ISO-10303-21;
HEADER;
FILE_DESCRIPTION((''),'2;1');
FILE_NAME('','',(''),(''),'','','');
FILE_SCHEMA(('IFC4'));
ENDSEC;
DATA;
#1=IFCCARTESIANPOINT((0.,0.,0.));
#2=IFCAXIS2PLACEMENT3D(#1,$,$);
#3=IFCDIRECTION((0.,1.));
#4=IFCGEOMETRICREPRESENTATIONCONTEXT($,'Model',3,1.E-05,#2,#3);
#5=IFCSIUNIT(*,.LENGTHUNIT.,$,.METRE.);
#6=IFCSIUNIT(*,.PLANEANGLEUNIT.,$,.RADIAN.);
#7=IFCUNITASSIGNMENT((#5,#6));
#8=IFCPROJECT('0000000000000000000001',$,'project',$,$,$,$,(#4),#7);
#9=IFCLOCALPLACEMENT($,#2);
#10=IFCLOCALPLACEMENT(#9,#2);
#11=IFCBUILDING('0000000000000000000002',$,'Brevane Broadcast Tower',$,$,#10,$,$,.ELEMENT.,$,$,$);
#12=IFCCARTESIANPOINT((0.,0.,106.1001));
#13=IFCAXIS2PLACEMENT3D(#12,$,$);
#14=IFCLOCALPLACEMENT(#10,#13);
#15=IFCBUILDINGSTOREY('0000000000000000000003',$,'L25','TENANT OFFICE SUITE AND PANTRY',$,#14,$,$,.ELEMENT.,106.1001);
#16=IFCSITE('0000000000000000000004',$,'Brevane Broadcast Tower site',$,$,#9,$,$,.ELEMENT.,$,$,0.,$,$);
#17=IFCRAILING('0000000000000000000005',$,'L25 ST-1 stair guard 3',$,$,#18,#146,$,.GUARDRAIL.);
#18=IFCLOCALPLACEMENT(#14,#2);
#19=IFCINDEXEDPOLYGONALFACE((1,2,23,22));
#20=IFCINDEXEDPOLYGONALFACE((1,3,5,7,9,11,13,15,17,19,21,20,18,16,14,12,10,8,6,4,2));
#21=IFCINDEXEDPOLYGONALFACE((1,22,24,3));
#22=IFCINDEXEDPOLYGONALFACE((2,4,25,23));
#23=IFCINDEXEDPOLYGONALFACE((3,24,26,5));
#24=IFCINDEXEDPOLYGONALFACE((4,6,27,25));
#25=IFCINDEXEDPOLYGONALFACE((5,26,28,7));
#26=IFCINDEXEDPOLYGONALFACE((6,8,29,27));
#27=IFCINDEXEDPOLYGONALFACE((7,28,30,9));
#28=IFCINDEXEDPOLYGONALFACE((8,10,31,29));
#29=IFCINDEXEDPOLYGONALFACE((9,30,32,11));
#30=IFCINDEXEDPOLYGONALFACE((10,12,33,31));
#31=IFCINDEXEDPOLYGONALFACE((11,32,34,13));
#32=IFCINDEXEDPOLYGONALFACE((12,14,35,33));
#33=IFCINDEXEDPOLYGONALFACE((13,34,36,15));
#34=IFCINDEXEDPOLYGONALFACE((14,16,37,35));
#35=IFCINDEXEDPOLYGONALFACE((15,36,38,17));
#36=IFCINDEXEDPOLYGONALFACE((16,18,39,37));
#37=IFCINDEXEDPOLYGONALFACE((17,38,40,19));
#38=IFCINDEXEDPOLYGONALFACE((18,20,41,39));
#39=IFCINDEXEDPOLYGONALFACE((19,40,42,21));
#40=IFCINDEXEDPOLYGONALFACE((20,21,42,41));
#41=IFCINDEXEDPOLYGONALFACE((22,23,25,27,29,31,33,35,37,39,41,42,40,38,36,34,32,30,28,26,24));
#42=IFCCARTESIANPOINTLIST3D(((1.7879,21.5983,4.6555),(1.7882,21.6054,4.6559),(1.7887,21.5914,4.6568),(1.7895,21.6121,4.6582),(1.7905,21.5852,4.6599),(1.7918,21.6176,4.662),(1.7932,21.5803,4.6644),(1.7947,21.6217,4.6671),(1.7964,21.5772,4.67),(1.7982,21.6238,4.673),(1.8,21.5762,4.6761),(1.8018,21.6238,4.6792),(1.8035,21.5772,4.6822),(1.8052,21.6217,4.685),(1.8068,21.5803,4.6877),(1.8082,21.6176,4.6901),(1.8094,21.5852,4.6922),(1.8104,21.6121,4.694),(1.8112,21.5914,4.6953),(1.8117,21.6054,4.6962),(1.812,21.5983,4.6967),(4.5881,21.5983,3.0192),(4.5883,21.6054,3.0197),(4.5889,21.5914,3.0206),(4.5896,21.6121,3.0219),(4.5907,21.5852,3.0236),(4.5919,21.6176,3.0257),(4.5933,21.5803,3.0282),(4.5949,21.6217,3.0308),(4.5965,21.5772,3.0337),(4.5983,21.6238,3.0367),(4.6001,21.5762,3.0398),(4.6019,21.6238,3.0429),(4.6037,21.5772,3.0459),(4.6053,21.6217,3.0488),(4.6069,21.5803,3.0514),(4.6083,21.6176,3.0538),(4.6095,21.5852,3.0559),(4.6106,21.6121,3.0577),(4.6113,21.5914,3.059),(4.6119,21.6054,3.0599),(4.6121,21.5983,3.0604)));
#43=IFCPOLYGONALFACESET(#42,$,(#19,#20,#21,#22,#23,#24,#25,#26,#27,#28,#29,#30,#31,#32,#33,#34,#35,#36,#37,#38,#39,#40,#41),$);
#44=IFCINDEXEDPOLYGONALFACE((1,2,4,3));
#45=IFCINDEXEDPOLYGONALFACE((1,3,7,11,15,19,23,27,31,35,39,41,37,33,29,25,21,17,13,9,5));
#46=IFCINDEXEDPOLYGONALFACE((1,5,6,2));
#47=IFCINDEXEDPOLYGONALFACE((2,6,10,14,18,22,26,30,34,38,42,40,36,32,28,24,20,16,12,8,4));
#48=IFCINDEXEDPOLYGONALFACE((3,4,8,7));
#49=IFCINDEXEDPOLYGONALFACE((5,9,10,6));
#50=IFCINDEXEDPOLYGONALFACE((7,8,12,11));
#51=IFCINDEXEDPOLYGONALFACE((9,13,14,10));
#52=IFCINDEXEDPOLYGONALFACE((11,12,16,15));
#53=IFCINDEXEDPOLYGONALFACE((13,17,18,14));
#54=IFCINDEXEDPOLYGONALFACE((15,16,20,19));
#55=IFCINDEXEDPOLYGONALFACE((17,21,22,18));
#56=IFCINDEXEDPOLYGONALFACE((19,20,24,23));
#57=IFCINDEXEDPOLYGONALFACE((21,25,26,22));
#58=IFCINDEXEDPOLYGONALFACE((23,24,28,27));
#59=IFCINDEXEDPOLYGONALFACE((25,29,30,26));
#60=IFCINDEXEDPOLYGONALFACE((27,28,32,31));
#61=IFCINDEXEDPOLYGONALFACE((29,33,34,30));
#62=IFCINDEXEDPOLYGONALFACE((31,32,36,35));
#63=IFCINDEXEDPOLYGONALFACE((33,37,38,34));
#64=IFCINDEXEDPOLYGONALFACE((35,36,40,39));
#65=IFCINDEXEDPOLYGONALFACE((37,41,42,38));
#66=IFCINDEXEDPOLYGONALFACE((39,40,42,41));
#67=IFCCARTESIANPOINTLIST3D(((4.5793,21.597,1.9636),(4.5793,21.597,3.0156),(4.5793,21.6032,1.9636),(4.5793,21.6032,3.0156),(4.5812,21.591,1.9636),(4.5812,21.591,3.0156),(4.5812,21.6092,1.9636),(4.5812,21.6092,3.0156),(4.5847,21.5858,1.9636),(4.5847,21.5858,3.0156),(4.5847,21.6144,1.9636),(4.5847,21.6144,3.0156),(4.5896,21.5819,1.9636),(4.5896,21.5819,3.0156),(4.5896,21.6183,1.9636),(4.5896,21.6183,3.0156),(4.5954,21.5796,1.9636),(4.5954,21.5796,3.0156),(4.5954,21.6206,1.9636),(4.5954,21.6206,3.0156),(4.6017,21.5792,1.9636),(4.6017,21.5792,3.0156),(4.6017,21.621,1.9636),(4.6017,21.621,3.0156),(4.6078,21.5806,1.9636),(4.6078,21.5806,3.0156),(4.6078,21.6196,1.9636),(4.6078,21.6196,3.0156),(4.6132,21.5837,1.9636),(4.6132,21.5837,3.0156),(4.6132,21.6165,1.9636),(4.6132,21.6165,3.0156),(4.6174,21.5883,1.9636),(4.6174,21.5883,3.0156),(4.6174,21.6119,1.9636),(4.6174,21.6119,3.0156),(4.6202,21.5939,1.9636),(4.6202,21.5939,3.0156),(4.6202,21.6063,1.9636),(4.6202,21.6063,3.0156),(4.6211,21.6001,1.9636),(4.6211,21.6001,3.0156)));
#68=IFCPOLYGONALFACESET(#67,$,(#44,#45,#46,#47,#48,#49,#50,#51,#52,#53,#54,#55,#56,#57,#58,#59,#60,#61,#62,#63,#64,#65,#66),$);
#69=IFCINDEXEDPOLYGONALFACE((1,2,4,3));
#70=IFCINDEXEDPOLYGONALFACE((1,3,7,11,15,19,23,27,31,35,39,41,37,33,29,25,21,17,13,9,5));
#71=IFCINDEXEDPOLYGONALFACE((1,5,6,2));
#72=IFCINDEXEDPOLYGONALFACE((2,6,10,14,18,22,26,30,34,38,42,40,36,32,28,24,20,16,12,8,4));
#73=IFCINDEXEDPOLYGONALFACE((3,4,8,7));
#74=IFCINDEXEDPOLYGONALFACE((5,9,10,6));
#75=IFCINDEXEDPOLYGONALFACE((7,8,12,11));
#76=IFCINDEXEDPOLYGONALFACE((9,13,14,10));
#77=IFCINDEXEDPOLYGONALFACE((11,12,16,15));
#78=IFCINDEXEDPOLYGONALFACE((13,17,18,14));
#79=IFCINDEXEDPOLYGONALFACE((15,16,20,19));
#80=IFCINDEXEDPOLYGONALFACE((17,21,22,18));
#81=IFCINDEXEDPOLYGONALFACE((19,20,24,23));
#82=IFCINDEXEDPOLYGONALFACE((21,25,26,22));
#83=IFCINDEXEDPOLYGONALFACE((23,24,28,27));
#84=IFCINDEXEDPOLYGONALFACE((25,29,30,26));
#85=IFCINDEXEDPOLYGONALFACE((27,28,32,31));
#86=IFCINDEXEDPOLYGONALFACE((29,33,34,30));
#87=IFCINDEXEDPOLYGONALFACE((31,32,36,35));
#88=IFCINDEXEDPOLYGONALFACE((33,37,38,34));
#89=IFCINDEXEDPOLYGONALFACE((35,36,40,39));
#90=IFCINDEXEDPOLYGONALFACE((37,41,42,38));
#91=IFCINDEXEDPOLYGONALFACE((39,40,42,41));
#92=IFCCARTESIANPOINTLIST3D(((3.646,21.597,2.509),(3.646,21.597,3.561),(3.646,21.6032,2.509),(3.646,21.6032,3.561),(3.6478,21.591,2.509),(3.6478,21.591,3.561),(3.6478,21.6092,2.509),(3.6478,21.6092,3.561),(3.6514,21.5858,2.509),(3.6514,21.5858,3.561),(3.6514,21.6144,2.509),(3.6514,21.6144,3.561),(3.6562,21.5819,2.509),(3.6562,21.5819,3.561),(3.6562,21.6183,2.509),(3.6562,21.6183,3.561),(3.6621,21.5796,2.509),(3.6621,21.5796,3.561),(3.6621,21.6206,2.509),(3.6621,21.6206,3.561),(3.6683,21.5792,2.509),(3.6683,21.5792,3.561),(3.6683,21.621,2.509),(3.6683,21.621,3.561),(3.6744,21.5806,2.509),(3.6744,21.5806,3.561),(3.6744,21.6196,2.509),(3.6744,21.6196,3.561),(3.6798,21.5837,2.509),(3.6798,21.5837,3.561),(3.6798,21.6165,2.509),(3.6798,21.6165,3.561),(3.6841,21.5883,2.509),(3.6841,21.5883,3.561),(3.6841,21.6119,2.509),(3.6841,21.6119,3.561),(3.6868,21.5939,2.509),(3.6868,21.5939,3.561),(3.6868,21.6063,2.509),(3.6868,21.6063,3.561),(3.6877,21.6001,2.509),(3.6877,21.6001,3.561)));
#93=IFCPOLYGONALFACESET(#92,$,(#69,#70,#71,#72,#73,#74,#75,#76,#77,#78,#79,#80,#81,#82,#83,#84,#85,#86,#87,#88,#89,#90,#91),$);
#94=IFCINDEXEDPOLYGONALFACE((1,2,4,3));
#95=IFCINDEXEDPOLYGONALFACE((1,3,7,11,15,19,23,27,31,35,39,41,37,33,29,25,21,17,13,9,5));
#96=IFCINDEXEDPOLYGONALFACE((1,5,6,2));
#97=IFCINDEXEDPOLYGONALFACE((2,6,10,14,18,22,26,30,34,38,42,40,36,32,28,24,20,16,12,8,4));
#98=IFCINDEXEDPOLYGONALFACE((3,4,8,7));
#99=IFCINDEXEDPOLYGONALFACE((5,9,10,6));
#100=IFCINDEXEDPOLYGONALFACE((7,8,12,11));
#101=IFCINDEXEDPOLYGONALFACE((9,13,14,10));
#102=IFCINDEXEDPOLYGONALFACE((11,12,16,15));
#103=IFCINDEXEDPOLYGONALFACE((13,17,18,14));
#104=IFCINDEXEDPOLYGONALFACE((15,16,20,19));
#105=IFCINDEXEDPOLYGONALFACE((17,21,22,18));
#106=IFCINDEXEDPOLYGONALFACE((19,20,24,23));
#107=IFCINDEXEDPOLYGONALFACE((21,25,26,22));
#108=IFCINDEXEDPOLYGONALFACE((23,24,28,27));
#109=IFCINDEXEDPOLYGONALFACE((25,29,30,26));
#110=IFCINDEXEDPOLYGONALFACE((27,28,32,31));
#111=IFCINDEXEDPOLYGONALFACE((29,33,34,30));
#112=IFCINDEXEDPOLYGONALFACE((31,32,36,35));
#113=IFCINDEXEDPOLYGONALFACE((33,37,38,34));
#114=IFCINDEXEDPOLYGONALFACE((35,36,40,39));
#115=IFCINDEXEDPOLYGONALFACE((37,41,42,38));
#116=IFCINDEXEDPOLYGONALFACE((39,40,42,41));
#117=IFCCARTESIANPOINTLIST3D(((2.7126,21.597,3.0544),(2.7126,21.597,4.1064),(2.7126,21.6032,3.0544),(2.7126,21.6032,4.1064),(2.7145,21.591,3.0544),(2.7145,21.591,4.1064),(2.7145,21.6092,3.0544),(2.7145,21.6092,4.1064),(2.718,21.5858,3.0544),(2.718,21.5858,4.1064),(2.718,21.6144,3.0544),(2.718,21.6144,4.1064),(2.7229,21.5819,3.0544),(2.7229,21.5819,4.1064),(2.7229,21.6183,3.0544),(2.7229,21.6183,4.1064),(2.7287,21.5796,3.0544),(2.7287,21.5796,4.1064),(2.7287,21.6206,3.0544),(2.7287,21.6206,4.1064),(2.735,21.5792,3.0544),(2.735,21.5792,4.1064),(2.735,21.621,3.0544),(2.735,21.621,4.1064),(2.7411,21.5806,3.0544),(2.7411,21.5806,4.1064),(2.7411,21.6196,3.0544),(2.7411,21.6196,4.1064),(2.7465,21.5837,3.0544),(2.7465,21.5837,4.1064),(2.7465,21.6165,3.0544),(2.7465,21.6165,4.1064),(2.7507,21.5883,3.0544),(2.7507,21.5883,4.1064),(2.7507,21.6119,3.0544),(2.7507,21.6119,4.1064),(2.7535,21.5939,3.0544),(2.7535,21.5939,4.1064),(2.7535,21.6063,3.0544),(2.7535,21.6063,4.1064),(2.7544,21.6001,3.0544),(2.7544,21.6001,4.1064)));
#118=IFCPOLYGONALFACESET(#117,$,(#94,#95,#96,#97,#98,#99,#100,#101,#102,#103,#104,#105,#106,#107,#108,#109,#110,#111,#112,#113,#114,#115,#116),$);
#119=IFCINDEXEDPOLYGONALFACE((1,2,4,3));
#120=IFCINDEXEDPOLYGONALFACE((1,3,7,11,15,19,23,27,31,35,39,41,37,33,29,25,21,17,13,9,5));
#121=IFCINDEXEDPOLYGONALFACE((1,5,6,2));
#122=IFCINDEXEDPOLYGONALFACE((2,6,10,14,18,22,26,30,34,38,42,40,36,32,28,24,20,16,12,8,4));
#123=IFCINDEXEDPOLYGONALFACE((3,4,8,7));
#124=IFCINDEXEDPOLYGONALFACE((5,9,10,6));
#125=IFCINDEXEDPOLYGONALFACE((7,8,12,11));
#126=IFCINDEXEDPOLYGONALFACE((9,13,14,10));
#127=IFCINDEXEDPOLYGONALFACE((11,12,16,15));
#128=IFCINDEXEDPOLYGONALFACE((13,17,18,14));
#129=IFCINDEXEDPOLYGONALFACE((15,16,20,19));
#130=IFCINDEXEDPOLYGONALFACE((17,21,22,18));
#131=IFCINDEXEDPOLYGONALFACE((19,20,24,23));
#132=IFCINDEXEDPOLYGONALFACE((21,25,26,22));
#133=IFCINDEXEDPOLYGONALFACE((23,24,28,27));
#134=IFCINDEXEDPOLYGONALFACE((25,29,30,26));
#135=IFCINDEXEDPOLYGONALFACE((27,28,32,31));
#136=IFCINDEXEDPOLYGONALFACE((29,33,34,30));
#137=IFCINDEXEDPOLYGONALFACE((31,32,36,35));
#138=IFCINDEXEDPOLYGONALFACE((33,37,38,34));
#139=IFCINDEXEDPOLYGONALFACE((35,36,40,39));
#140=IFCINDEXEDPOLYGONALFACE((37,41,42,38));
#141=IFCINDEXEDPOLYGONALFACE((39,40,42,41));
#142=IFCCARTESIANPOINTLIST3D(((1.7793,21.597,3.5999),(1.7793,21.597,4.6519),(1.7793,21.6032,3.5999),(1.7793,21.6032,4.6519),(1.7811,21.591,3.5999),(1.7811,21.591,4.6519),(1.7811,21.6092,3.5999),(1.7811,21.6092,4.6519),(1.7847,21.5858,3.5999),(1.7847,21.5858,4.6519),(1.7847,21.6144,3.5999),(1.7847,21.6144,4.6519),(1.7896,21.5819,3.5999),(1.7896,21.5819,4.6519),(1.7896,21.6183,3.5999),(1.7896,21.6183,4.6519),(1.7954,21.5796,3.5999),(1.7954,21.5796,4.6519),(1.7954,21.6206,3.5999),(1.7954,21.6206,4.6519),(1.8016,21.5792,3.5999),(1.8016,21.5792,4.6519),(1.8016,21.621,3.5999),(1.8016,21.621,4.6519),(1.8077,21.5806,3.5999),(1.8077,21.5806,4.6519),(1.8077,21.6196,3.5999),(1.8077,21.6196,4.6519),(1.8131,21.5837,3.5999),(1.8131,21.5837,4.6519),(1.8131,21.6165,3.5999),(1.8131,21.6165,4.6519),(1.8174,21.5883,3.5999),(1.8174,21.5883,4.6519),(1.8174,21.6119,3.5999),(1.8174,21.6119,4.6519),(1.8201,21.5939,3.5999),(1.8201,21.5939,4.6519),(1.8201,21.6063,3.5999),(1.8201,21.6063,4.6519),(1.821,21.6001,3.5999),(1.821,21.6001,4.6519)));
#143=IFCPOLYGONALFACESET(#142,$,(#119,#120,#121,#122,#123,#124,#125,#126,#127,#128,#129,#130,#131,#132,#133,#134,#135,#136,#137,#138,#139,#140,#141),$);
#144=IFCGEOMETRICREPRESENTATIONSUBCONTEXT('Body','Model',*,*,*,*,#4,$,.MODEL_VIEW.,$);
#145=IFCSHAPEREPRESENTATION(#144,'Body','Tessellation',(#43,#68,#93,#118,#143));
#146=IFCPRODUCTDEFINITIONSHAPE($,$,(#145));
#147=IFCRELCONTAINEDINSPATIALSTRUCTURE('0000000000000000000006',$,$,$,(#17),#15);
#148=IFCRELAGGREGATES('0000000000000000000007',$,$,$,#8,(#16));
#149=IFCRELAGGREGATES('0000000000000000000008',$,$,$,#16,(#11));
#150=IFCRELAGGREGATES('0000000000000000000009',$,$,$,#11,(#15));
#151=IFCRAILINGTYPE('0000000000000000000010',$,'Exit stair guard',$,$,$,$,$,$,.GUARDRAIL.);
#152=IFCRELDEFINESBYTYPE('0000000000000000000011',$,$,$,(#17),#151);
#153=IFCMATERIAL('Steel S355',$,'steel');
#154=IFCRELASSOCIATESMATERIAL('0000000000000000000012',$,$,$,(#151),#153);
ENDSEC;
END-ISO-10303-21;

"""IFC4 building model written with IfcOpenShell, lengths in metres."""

from ifc_helpers import new_model, si_unit, direction, frame, origin, origin_2d, place, context, subcontext, project, spatial, circle, extrude, material, type_object, element, save


model = new_model("IFC4")

# Units and contexts
model_context = context("Model", 3, precision=1e-05, world=origin(), true_north=direction((0.0, 1.0)))
body_context = subcontext(model_context, "Body", "Model", "MODEL_VIEW")
ifc_project = project(units=[si_unit("LENGTHUNIT", "METRE"), si_unit("PLANEANGLEUNIT", "RADIAN")], contexts=[model_context])

# Site, building, storey
site_placement = place(None, origin())
site = spatial("IfcSite", under=ifc_project, at=site_placement, Name="Brevane Broadcast Tower site", CompositionType="ELEMENT", RefElevation=0.0)
building_placement = place(site_placement, origin())
building = spatial("IfcBuilding", under=site, at=building_placement, Name="Brevane Broadcast Tower", CompositionType="ELEMENT")
storey_placement = place(building_placement, frame((0.0, 0.0, 106.1001)))
storey = spatial("IfcBuildingStorey", under=building, at=storey_placement, Name="L25", Description="TENANT OFFICE SUITE AND PANTRY", CompositionType="ELEMENT", Elevation=106.1001)

# Railing
ifc_material_1 = material(Name="Steel S355", Category="steel")
railing_type_1 = type_object("IfcRailingType", Name="Exit stair guard", PredefinedType="GUARDRAIL", material=ifc_material_1)
railing_1_placement = place(storey_placement, frame((4.6001, 21.6001, 1.9636)))
element("IfcRailing", 1, at=railing_1_placement, inside=storey, type_object=railing_type_1, Name="L25 ST-1 stair guard 3", PredefinedType="GUARDRAIL", context=body_context, shape_type="SweptSolid", body=[
    extrude(circle(Radius=0.0239, at=origin_2d()), frame((0.0, 0.0, 1.0762), z_axis=(-0.863394, 0.0, 0.504531), x_axis=(0.0, -1.0, 0.0)), (0.0, 0.0, 1.0), 3.2432),
    extrude(circle(Radius=0.021, at=origin_2d()), origin(), (0.0, 0.0, 1.0), 1.052),
    extrude(circle(Radius=0.021, at=origin_2d()), frame((-0.9333, 0.0, 0.5454)), (0.0, 0.0, 1.0), 1.052),
    extrude(circle(Radius=0.021, at=origin_2d()), frame((-1.8667, 0.0, 1.0908)), (0.0, 0.0, 1.0), 1.052),
    extrude(circle(Radius=0.021, at=origin_2d()), frame((-2.8, 0.0, 1.6362)), (0.0, 0.0, 1.0), 1.052),
])

save(model, "model.ifc")
